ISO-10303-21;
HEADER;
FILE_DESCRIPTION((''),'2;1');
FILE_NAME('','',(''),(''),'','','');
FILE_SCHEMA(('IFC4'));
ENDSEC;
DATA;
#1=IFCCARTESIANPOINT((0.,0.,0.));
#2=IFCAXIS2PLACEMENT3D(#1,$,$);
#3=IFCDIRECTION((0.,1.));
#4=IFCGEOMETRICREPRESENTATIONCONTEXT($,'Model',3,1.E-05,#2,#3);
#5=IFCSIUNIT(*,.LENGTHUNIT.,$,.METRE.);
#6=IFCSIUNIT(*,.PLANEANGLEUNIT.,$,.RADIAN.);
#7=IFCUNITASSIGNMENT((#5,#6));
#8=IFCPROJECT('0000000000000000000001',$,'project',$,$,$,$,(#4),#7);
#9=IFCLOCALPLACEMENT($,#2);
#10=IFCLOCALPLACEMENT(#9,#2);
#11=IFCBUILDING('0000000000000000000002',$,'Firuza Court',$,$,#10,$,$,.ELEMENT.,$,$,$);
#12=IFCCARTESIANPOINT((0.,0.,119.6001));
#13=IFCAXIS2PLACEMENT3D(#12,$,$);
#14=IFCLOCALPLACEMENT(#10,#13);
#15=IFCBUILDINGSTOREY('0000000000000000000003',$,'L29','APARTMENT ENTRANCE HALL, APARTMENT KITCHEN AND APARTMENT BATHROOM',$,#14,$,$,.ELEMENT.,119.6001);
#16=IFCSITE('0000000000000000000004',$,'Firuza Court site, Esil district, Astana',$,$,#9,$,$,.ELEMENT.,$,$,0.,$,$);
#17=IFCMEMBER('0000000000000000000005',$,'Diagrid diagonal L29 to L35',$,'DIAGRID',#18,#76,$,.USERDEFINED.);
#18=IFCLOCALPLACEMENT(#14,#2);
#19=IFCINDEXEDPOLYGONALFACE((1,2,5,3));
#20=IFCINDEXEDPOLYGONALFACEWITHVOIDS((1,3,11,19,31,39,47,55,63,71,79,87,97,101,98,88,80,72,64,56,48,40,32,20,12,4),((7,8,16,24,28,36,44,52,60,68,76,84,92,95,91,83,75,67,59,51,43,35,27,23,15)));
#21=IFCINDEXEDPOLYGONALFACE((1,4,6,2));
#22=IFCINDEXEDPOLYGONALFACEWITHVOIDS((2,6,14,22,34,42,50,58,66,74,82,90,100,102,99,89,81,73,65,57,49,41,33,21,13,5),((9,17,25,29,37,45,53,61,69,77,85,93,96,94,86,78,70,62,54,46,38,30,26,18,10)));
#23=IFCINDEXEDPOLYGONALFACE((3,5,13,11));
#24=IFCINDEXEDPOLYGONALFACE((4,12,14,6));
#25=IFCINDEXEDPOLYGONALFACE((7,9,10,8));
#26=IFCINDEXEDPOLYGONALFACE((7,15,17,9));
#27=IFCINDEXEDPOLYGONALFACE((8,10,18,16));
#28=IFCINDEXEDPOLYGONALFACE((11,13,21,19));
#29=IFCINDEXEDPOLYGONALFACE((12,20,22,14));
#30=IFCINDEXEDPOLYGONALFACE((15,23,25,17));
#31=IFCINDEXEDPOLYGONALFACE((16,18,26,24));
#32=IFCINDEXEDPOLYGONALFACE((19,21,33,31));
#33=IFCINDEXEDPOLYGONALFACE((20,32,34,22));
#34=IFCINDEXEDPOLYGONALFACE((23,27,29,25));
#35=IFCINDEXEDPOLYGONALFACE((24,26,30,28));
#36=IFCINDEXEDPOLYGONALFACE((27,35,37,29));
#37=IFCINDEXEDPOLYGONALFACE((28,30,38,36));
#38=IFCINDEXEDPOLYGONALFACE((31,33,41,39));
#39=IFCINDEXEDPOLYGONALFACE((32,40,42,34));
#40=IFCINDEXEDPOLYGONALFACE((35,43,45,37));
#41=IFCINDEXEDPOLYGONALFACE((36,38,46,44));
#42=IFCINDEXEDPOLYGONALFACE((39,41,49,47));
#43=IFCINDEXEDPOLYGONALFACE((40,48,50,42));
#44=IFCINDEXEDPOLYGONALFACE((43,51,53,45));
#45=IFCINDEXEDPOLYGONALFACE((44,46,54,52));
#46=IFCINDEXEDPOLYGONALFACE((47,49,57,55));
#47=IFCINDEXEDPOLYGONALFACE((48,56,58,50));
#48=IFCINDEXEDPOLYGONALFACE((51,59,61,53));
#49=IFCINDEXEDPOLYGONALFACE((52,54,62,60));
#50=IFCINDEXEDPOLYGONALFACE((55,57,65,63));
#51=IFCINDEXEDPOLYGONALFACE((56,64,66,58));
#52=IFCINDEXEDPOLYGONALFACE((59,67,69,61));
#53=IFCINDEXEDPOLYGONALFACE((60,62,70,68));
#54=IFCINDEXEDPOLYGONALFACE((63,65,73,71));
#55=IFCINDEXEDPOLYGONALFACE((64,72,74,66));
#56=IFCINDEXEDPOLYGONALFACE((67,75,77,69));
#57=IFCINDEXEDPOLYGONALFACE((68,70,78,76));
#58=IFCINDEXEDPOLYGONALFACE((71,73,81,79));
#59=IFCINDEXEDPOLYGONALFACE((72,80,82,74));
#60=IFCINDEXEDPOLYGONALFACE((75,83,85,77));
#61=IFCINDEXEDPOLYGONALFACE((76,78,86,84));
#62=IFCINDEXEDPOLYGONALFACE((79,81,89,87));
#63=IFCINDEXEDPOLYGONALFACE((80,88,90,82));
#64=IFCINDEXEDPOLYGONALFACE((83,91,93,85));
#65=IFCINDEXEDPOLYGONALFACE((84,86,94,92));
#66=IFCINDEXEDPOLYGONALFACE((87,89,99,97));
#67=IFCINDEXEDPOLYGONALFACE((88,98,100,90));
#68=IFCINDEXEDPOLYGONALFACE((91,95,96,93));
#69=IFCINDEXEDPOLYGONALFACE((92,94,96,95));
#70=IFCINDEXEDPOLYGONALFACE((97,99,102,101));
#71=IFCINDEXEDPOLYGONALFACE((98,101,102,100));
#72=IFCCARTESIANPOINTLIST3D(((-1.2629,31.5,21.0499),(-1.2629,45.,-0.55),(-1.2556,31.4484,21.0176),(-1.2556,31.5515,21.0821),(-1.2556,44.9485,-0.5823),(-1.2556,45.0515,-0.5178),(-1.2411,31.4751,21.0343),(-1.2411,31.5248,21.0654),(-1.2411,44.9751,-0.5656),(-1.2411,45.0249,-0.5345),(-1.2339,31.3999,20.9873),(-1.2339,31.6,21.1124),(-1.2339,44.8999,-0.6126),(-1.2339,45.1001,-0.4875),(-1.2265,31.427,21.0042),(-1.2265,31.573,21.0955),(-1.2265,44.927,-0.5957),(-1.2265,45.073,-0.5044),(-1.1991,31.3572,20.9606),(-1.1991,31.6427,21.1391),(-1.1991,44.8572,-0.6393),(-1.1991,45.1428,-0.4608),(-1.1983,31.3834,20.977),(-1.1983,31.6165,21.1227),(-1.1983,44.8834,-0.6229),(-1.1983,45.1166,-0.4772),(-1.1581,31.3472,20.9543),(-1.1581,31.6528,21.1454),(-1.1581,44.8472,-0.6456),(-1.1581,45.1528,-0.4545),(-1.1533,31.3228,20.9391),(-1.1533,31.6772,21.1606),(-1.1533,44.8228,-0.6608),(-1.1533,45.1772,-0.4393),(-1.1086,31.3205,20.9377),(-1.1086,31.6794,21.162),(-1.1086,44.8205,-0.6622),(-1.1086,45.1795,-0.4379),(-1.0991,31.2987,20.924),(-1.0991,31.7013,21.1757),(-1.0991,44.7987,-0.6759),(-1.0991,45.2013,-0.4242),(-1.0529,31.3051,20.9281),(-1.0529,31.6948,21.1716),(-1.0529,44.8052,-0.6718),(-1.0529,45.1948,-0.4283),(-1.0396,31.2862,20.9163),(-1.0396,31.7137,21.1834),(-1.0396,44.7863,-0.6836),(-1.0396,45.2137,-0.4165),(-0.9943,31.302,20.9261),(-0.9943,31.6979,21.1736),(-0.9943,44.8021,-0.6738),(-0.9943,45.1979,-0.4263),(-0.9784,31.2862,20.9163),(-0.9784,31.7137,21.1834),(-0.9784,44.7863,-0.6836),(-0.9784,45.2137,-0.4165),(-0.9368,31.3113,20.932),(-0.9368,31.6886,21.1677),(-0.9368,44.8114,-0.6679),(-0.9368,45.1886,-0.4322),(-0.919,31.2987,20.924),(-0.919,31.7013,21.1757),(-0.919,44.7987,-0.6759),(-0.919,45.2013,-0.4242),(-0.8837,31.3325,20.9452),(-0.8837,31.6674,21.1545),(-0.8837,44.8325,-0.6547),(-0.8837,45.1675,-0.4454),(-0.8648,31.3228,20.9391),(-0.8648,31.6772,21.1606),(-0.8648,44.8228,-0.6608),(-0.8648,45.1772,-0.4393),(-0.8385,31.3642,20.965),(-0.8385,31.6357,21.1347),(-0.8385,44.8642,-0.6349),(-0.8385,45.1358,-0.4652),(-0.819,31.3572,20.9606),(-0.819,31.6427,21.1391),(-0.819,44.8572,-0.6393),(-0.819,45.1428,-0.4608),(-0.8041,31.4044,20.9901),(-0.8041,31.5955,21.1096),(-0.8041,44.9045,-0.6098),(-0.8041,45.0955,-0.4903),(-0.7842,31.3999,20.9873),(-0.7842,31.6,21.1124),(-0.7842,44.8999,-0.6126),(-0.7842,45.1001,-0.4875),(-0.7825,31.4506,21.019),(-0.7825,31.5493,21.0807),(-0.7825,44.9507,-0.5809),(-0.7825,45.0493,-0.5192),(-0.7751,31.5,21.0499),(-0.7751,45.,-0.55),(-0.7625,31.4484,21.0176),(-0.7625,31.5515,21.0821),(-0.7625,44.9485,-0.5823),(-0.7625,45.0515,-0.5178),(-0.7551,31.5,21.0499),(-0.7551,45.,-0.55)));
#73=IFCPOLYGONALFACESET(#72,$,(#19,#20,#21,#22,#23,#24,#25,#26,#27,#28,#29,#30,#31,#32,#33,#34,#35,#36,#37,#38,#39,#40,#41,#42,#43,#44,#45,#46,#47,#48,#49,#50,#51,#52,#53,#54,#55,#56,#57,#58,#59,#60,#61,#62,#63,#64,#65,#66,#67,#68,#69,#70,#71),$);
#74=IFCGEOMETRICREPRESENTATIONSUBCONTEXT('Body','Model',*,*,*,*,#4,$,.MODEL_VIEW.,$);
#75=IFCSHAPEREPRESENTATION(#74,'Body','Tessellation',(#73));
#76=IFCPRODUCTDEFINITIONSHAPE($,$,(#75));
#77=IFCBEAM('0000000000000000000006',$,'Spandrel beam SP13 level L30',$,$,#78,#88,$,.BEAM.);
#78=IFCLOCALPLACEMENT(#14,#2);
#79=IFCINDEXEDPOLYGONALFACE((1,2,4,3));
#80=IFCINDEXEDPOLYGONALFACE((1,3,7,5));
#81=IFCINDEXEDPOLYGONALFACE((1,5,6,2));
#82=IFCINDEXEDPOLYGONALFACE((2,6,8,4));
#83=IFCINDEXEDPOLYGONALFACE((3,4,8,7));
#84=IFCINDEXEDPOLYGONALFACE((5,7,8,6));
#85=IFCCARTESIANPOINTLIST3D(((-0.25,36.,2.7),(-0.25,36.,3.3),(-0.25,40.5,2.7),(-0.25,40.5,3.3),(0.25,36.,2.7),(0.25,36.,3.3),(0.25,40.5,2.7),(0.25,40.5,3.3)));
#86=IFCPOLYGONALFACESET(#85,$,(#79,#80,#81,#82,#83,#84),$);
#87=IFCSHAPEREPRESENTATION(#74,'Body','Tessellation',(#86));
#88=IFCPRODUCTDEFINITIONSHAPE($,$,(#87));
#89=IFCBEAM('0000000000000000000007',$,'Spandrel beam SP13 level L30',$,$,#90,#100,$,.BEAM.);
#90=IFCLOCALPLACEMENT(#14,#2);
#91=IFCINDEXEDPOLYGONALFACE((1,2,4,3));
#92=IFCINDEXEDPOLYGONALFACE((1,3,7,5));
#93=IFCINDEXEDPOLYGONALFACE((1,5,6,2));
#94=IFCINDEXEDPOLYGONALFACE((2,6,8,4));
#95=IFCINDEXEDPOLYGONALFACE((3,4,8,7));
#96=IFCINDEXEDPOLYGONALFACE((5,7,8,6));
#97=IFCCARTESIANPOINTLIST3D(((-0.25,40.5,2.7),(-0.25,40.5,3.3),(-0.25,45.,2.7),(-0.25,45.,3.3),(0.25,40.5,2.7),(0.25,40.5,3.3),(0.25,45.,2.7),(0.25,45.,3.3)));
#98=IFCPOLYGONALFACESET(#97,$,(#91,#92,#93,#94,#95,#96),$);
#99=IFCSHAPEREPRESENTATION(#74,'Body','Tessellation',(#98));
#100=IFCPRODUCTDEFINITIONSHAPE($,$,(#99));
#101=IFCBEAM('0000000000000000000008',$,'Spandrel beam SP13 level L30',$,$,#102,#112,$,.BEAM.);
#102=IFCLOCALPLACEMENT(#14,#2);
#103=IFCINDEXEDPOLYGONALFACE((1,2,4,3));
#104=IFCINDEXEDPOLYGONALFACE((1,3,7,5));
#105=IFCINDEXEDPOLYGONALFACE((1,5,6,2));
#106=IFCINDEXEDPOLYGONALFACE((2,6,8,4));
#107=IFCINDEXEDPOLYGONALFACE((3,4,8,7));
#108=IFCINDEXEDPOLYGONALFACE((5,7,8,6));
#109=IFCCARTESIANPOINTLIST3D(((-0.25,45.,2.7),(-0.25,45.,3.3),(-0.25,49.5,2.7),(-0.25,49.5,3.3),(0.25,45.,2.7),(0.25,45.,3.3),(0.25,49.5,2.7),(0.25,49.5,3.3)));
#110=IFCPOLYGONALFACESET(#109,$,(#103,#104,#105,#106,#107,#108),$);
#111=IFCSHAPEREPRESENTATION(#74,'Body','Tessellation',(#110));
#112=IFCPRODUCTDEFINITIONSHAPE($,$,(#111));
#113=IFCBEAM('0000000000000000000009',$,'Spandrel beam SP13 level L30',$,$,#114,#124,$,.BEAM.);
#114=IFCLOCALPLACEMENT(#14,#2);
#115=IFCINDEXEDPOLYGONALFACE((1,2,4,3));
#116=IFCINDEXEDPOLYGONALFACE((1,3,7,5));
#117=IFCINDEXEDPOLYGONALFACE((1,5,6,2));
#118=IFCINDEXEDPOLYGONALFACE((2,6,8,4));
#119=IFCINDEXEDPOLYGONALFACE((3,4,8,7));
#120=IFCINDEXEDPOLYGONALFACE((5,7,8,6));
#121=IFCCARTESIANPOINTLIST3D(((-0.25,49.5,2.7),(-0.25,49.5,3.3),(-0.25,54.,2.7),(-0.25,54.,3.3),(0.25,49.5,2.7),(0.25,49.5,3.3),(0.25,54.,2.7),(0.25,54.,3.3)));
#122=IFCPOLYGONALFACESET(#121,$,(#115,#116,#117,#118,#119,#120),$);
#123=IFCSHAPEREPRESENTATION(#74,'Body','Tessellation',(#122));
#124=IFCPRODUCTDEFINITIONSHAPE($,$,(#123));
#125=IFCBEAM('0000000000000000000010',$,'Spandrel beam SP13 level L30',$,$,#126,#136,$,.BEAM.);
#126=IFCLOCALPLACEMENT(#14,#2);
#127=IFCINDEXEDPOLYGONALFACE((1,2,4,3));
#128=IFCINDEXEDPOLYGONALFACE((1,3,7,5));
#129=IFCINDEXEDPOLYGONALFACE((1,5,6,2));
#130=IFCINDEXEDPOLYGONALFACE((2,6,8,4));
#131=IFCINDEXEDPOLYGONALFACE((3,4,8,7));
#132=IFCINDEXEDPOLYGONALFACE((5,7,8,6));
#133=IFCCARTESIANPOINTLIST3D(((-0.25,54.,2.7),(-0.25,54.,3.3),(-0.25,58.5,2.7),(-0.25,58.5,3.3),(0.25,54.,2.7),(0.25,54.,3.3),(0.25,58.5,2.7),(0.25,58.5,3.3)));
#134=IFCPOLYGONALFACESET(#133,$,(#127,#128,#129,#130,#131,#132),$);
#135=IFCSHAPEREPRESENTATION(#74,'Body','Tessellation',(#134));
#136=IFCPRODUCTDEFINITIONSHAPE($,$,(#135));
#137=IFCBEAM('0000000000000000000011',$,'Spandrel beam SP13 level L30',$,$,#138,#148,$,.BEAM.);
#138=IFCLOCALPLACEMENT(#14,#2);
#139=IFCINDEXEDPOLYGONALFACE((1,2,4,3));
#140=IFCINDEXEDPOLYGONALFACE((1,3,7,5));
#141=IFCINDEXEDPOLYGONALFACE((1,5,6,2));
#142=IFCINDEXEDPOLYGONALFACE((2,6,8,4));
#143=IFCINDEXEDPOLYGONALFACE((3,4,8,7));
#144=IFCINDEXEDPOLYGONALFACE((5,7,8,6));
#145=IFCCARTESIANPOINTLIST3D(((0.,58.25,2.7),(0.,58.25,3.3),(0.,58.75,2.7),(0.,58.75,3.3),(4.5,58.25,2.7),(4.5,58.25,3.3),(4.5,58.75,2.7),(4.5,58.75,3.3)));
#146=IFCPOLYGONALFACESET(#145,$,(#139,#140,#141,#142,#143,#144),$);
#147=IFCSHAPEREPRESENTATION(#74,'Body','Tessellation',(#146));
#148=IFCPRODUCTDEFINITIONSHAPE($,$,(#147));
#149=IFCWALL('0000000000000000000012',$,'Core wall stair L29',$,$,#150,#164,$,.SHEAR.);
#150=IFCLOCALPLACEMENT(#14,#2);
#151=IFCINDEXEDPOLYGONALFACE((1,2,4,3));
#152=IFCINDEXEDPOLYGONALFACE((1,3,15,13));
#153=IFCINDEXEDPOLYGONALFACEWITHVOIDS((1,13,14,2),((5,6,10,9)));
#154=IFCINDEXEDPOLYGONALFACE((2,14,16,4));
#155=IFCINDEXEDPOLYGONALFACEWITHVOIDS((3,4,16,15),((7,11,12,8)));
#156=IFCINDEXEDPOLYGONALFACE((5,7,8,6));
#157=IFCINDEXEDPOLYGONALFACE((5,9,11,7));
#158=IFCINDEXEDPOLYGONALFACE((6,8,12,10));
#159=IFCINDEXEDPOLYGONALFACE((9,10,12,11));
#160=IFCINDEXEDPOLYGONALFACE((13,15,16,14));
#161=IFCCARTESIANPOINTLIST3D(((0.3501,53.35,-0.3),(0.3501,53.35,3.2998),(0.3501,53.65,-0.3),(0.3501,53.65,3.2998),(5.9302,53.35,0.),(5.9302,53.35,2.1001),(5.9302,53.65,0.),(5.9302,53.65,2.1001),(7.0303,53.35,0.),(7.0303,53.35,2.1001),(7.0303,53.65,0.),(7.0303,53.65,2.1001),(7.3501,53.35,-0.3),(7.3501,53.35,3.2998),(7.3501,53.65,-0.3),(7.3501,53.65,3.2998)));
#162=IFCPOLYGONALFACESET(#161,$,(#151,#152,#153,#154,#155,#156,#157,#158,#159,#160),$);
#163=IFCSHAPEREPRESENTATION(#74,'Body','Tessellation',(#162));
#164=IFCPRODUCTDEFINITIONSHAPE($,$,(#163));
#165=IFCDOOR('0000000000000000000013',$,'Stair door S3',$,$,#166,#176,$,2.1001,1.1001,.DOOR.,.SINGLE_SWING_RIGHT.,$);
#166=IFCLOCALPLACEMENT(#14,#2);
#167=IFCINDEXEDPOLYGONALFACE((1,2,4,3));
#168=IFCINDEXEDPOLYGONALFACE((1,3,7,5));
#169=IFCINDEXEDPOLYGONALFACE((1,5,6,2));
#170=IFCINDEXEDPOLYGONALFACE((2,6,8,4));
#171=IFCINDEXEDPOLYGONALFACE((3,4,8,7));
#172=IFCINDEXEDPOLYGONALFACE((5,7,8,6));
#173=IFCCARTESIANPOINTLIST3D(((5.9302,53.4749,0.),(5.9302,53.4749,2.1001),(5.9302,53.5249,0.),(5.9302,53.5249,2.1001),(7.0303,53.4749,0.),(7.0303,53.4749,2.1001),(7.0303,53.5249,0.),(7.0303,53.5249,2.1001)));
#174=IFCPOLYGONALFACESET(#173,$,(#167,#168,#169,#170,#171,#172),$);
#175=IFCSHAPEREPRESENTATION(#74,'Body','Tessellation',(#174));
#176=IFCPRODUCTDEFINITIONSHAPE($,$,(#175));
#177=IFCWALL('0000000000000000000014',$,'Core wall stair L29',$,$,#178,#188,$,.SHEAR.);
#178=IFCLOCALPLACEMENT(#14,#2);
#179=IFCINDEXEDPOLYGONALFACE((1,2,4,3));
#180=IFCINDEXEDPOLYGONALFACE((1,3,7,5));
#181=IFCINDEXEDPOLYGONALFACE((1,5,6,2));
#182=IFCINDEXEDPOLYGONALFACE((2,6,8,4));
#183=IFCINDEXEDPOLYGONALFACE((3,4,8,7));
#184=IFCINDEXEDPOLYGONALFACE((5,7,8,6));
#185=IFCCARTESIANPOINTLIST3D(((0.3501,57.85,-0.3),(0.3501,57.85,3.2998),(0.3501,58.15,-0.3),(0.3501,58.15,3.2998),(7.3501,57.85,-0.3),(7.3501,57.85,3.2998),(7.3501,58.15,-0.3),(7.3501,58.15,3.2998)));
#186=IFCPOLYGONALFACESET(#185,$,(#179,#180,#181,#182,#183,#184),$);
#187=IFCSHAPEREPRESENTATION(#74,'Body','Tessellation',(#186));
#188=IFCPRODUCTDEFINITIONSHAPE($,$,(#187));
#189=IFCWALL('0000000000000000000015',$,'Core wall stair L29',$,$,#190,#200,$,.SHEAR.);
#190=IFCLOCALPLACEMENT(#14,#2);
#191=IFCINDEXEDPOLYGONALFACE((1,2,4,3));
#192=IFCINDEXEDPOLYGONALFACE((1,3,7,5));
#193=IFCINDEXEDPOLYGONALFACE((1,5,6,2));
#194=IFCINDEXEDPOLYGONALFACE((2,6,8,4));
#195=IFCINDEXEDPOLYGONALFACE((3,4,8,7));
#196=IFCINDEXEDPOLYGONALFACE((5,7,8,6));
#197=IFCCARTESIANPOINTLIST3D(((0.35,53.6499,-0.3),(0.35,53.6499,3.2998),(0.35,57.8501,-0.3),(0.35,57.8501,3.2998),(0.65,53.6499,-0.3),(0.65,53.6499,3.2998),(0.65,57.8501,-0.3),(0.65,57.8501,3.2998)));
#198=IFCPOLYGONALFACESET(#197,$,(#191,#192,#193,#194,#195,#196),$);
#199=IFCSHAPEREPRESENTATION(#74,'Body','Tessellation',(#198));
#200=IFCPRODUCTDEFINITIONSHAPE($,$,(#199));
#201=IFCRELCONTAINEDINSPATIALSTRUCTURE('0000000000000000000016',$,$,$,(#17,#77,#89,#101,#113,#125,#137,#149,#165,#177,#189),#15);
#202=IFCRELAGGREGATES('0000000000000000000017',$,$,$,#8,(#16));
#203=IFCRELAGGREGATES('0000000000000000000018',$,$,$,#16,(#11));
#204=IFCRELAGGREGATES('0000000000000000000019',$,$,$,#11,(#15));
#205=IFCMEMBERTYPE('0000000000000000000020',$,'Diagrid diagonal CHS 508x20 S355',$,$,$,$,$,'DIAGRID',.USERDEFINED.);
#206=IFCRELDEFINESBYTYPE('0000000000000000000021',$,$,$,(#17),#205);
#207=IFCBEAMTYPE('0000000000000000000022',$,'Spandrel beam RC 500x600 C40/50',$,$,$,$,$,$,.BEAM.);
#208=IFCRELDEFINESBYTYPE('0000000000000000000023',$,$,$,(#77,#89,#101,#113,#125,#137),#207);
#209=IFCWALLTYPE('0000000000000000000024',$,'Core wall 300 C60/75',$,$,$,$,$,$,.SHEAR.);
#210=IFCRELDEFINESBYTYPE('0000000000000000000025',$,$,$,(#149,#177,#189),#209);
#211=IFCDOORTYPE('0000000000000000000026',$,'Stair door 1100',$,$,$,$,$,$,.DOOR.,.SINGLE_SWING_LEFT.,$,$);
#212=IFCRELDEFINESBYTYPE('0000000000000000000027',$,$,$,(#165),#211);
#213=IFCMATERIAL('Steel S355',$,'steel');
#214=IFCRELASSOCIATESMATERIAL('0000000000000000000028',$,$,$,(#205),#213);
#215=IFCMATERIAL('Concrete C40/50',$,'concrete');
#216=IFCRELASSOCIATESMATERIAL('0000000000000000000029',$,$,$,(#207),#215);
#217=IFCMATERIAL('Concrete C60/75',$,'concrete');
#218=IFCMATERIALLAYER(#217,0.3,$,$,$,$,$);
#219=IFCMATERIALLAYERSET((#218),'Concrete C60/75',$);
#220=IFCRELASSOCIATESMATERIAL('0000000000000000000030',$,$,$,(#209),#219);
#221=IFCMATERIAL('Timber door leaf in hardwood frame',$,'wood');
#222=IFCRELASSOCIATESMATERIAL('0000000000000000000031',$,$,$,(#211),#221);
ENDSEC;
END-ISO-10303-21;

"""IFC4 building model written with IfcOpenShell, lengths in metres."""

from ifc_helpers import new_model, si_unit, direction, frame, frame_2d, origin, origin_2d, place, context, subcontext, project, spatial, rectangle, hollow_circle, extrude, material, layer, layer_set, material_profile, profile_set, type_object, element, fill, save


model = new_model("IFC4")

# Units and contexts
model_context = context("Model", 3, precision=1e-05, world=origin(), true_north=direction((0.0, 1.0)))
body_context = subcontext(model_context, "Body", "Model", "MODEL_VIEW")
ifc_project = project(units=[si_unit("LENGTHUNIT", "METRE"), si_unit("PLANEANGLEUNIT", "RADIAN")], contexts=[model_context])

# Site, building, storey
site_placement = place(None, origin())
site = spatial("IfcSite", under=ifc_project, at=site_placement, Name="Firuza Court site, Esil district, Astana", CompositionType="ELEMENT", RefElevation=0.0)
building_placement = place(site_placement, origin())
building = spatial("IfcBuilding", under=site, at=building_placement, Name="Firuza Court", CompositionType="ELEMENT")
storey_placement = place(building_placement, frame((0.0, 0.0, 119.6001)))
storey = spatial("IfcBuildingStorey", under=building, at=storey_placement, Name="L29", Description="APARTMENT ENTRANCE HALL, APARTMENT KITCHEN AND APARTMENT BATHROOM", CompositionType="ELEMENT", Elevation=119.6001)

# Member
ifc_material_1 = material(Name="Steel S355", Category="steel")
ifc_material_profile_1 = material_profile(ifc_material_1, hollow_circle(Radius=0.2539, WallThickness=0.02, at=origin_2d()), Name="CHS 508x20")
ifc_profile_set_1 = profile_set([ifc_material_profile_1], Name="Steel S355")
member_type = type_object("IfcMemberType", Name="Diagrid diagonal CHS 508x20 S355", ElementType="DIAGRID", PredefinedType="USERDEFINED", material=ifc_profile_set_1)
for number, where, z_axis, x_axis, name in (
    (1, (-1.009, 45.0, -0.55), (0.0, -0.530002, 0.847997), (1.0, 0.0, 0.0), "Diagrid diagonal L29 to L35"),
):
    element("IfcMember", number, at=place(storey_placement, frame(where, z_axis=z_axis, x_axis=x_axis)), inside=storey, type_object=member_type, Name=name, ObjectType="DIAGRID", PredefinedType="USERDEFINED", context=body_context, shape_type="SweptSolid", body=[
        extrude(hollow_circle(Radius=0.2539, WallThickness=0.02, at=origin_2d()), origin(), (0.0, 0.0, 1.0), 25.4717),
    ])

# Beams
ifc_material_2 = material(Name="Concrete C40/50", Category="concrete")
ifc_material_profile_2 = material_profile(ifc_material_2, rectangle(XDim=0.5, YDim=0.6001, at=origin_2d()), Name="RC 500x600")
ifc_profile_set_2 = profile_set([ifc_material_profile_2], Name="Concrete C40/50")
beam_type = type_object("IfcBeamType", Name="Spandrel beam RC 500x600 C40/50", PredefinedType="BEAM", material=ifc_profile_set_2)
for number, where, z_axis, x_axis, name in (
    (2, (0.0, 40.5, 3.0), (0.0, -1.0, 0.0), (1.0, 0.0, 0.0), "Spandrel beam SP13 level L30"),
    (3, (0.0, 45.0, 3.0), (0.0, -1.0, 0.0), (1.0, 0.0, 0.0), "Spandrel beam SP13 level L30"),
    (4, (0.0, 49.5, 3.0), (0.0, -1.0, 0.0), (1.0, 0.0, 0.0), "Spandrel beam SP13 level L30"),
    (5, (0.0, 54.0, 3.0), (0.0, -1.0, 0.0), (1.0, 0.0, 0.0), "Spandrel beam SP13 level L30"),
    (6, (0.0, 58.5, 3.0), (0.0, -1.0, 0.0), (1.0, 0.0, 0.0), "Spandrel beam SP13 level L30"),
    (7, (4.5, 58.5, 3.0), (-1.0, 0.0, 0.0), (0.0, -1.0, 0.0), "Spandrel beam SP13 level L30"),
):
    element("IfcBeam", number, at=place(storey_placement, frame(where, z_axis=z_axis, x_axis=x_axis)), inside=storey, type_object=beam_type, Name=name, PredefinedType="BEAM", context=body_context, shape_type="SweptSolid", body=[
        extrude(rectangle(XDim=0.5, YDim=0.6001, at=origin_2d()), origin(), (0.0, 0.0, 1.0), 4.5),
    ])

# Wall, opening, door
ifc_material_3 = material(Name="Concrete C60/75", Category="concrete")
ifc_layer_1 = layer(ifc_material_3, 0.3)
ifc_layer_set_1 = layer_set([ifc_layer_1], Name="Concrete C60/75")
wall_type_1 = type_object("IfcWallType", Name="Core wall 300 C60/75", PredefinedType="SHEAR", material=ifc_layer_set_1)
wall_1_placement = place(storey_placement, frame((0.3501, 53.5, -0.3), z_axis=(0.0, 0.0, 1.0), x_axis=(1.0, 0.0, 0.0)))
wall_1 = element("IfcWall", 8, at=wall_1_placement, inside=storey, type_object=wall_type_1, Name="Core wall stair L29", PredefinedType="SHEAR", context=body_context, shape_type="SweptSolid", body=[
    extrude(rectangle(XDim=7.0, YDim=0.3, at=frame_2d((3.5, 0.0))), origin(), (0.0, 0.0, 1.0), 3.5999),
])
opening_1_placement = place(wall_1_placement, frame((5.5801, 0.0, 0.3)))
opening_1 = element("IfcOpeningElement", 9, at=opening_1_placement, cuts=wall_1, PredefinedType="OPENING", context=body_context, shape_type="SweptSolid", body=[
    extrude(rectangle(XDim=1.1001, YDim=2.1001, at=frame_2d((0.55, 1.05))), frame((0.0, 0.1621, 0.0), z_axis=(0.0, -1.0, 0.0), x_axis=(1.0, 0.0, 0.0)), (0.0, 0.0, 1.0), 0.324),
])
ifc_material_4 = material(Name="Timber door leaf in hardwood frame", Category="wood")
door_type = type_object("IfcDoorType", Name="Stair door 1100", OperationType="SINGLE_SWING_LEFT", PredefinedType="DOOR", material=ifc_material_4)
door_placement = place(opening_1_placement, origin())
door = element("IfcDoor", 10, at=door_placement, inside=storey, type_object=door_type, Name="Stair door S3", OperationType="SINGLE_SWING_RIGHT", OverallHeight=2.1001, OverallWidth=1.1001, PredefinedType="DOOR", context=body_context, shape_type="SweptSolid", body=[
    extrude(rectangle(XDim=1.1001, YDim=2.1001, at=frame_2d((0.55, 1.05))), frame((0.0, 0.0249, 0.0), z_axis=(0.0, -1.0, 0.0), x_axis=(1.0, 0.0, 0.0)), (0.0, 0.0, 1.0), 0.05),
])
fill(opening_1, door)

# Walls
wall_2_placement = place(storey_placement, frame((0.3501, 58.0, -0.3), z_axis=(0.0, 0.0, 1.0), x_axis=(1.0, 0.0, 0.0)))
element("IfcWall", 11, at=wall_2_placement, inside=storey, type_object=wall_type_1, Name="Core wall stair L29", PredefinedType="SHEAR", context=body_context, shape_type="SweptSolid", body=[
    extrude(rectangle(XDim=7.0, YDim=0.3, at=frame_2d((3.5, 0.0))), origin(), (0.0, 0.0, 1.0), 3.5999),
])
wall_3_placement = place(storey_placement, frame((0.5, 53.6499, -0.3), z_axis=(0.0, 0.0, 1.0), x_axis=(0.0, 1.0, 0.0)))
element("IfcWall", 12, at=wall_3_placement, inside=storey, type_object=wall_type_1, Name="Core wall stair L29", PredefinedType="SHEAR", context=body_context, shape_type="SweptSolid", body=[
    extrude(rectangle(XDim=4.2002, YDim=0.3, at=frame_2d((2.1001, 0.0))), origin(), (0.0, 0.0, 1.0), 3.5999),
])

save(model, "model.ifc")
